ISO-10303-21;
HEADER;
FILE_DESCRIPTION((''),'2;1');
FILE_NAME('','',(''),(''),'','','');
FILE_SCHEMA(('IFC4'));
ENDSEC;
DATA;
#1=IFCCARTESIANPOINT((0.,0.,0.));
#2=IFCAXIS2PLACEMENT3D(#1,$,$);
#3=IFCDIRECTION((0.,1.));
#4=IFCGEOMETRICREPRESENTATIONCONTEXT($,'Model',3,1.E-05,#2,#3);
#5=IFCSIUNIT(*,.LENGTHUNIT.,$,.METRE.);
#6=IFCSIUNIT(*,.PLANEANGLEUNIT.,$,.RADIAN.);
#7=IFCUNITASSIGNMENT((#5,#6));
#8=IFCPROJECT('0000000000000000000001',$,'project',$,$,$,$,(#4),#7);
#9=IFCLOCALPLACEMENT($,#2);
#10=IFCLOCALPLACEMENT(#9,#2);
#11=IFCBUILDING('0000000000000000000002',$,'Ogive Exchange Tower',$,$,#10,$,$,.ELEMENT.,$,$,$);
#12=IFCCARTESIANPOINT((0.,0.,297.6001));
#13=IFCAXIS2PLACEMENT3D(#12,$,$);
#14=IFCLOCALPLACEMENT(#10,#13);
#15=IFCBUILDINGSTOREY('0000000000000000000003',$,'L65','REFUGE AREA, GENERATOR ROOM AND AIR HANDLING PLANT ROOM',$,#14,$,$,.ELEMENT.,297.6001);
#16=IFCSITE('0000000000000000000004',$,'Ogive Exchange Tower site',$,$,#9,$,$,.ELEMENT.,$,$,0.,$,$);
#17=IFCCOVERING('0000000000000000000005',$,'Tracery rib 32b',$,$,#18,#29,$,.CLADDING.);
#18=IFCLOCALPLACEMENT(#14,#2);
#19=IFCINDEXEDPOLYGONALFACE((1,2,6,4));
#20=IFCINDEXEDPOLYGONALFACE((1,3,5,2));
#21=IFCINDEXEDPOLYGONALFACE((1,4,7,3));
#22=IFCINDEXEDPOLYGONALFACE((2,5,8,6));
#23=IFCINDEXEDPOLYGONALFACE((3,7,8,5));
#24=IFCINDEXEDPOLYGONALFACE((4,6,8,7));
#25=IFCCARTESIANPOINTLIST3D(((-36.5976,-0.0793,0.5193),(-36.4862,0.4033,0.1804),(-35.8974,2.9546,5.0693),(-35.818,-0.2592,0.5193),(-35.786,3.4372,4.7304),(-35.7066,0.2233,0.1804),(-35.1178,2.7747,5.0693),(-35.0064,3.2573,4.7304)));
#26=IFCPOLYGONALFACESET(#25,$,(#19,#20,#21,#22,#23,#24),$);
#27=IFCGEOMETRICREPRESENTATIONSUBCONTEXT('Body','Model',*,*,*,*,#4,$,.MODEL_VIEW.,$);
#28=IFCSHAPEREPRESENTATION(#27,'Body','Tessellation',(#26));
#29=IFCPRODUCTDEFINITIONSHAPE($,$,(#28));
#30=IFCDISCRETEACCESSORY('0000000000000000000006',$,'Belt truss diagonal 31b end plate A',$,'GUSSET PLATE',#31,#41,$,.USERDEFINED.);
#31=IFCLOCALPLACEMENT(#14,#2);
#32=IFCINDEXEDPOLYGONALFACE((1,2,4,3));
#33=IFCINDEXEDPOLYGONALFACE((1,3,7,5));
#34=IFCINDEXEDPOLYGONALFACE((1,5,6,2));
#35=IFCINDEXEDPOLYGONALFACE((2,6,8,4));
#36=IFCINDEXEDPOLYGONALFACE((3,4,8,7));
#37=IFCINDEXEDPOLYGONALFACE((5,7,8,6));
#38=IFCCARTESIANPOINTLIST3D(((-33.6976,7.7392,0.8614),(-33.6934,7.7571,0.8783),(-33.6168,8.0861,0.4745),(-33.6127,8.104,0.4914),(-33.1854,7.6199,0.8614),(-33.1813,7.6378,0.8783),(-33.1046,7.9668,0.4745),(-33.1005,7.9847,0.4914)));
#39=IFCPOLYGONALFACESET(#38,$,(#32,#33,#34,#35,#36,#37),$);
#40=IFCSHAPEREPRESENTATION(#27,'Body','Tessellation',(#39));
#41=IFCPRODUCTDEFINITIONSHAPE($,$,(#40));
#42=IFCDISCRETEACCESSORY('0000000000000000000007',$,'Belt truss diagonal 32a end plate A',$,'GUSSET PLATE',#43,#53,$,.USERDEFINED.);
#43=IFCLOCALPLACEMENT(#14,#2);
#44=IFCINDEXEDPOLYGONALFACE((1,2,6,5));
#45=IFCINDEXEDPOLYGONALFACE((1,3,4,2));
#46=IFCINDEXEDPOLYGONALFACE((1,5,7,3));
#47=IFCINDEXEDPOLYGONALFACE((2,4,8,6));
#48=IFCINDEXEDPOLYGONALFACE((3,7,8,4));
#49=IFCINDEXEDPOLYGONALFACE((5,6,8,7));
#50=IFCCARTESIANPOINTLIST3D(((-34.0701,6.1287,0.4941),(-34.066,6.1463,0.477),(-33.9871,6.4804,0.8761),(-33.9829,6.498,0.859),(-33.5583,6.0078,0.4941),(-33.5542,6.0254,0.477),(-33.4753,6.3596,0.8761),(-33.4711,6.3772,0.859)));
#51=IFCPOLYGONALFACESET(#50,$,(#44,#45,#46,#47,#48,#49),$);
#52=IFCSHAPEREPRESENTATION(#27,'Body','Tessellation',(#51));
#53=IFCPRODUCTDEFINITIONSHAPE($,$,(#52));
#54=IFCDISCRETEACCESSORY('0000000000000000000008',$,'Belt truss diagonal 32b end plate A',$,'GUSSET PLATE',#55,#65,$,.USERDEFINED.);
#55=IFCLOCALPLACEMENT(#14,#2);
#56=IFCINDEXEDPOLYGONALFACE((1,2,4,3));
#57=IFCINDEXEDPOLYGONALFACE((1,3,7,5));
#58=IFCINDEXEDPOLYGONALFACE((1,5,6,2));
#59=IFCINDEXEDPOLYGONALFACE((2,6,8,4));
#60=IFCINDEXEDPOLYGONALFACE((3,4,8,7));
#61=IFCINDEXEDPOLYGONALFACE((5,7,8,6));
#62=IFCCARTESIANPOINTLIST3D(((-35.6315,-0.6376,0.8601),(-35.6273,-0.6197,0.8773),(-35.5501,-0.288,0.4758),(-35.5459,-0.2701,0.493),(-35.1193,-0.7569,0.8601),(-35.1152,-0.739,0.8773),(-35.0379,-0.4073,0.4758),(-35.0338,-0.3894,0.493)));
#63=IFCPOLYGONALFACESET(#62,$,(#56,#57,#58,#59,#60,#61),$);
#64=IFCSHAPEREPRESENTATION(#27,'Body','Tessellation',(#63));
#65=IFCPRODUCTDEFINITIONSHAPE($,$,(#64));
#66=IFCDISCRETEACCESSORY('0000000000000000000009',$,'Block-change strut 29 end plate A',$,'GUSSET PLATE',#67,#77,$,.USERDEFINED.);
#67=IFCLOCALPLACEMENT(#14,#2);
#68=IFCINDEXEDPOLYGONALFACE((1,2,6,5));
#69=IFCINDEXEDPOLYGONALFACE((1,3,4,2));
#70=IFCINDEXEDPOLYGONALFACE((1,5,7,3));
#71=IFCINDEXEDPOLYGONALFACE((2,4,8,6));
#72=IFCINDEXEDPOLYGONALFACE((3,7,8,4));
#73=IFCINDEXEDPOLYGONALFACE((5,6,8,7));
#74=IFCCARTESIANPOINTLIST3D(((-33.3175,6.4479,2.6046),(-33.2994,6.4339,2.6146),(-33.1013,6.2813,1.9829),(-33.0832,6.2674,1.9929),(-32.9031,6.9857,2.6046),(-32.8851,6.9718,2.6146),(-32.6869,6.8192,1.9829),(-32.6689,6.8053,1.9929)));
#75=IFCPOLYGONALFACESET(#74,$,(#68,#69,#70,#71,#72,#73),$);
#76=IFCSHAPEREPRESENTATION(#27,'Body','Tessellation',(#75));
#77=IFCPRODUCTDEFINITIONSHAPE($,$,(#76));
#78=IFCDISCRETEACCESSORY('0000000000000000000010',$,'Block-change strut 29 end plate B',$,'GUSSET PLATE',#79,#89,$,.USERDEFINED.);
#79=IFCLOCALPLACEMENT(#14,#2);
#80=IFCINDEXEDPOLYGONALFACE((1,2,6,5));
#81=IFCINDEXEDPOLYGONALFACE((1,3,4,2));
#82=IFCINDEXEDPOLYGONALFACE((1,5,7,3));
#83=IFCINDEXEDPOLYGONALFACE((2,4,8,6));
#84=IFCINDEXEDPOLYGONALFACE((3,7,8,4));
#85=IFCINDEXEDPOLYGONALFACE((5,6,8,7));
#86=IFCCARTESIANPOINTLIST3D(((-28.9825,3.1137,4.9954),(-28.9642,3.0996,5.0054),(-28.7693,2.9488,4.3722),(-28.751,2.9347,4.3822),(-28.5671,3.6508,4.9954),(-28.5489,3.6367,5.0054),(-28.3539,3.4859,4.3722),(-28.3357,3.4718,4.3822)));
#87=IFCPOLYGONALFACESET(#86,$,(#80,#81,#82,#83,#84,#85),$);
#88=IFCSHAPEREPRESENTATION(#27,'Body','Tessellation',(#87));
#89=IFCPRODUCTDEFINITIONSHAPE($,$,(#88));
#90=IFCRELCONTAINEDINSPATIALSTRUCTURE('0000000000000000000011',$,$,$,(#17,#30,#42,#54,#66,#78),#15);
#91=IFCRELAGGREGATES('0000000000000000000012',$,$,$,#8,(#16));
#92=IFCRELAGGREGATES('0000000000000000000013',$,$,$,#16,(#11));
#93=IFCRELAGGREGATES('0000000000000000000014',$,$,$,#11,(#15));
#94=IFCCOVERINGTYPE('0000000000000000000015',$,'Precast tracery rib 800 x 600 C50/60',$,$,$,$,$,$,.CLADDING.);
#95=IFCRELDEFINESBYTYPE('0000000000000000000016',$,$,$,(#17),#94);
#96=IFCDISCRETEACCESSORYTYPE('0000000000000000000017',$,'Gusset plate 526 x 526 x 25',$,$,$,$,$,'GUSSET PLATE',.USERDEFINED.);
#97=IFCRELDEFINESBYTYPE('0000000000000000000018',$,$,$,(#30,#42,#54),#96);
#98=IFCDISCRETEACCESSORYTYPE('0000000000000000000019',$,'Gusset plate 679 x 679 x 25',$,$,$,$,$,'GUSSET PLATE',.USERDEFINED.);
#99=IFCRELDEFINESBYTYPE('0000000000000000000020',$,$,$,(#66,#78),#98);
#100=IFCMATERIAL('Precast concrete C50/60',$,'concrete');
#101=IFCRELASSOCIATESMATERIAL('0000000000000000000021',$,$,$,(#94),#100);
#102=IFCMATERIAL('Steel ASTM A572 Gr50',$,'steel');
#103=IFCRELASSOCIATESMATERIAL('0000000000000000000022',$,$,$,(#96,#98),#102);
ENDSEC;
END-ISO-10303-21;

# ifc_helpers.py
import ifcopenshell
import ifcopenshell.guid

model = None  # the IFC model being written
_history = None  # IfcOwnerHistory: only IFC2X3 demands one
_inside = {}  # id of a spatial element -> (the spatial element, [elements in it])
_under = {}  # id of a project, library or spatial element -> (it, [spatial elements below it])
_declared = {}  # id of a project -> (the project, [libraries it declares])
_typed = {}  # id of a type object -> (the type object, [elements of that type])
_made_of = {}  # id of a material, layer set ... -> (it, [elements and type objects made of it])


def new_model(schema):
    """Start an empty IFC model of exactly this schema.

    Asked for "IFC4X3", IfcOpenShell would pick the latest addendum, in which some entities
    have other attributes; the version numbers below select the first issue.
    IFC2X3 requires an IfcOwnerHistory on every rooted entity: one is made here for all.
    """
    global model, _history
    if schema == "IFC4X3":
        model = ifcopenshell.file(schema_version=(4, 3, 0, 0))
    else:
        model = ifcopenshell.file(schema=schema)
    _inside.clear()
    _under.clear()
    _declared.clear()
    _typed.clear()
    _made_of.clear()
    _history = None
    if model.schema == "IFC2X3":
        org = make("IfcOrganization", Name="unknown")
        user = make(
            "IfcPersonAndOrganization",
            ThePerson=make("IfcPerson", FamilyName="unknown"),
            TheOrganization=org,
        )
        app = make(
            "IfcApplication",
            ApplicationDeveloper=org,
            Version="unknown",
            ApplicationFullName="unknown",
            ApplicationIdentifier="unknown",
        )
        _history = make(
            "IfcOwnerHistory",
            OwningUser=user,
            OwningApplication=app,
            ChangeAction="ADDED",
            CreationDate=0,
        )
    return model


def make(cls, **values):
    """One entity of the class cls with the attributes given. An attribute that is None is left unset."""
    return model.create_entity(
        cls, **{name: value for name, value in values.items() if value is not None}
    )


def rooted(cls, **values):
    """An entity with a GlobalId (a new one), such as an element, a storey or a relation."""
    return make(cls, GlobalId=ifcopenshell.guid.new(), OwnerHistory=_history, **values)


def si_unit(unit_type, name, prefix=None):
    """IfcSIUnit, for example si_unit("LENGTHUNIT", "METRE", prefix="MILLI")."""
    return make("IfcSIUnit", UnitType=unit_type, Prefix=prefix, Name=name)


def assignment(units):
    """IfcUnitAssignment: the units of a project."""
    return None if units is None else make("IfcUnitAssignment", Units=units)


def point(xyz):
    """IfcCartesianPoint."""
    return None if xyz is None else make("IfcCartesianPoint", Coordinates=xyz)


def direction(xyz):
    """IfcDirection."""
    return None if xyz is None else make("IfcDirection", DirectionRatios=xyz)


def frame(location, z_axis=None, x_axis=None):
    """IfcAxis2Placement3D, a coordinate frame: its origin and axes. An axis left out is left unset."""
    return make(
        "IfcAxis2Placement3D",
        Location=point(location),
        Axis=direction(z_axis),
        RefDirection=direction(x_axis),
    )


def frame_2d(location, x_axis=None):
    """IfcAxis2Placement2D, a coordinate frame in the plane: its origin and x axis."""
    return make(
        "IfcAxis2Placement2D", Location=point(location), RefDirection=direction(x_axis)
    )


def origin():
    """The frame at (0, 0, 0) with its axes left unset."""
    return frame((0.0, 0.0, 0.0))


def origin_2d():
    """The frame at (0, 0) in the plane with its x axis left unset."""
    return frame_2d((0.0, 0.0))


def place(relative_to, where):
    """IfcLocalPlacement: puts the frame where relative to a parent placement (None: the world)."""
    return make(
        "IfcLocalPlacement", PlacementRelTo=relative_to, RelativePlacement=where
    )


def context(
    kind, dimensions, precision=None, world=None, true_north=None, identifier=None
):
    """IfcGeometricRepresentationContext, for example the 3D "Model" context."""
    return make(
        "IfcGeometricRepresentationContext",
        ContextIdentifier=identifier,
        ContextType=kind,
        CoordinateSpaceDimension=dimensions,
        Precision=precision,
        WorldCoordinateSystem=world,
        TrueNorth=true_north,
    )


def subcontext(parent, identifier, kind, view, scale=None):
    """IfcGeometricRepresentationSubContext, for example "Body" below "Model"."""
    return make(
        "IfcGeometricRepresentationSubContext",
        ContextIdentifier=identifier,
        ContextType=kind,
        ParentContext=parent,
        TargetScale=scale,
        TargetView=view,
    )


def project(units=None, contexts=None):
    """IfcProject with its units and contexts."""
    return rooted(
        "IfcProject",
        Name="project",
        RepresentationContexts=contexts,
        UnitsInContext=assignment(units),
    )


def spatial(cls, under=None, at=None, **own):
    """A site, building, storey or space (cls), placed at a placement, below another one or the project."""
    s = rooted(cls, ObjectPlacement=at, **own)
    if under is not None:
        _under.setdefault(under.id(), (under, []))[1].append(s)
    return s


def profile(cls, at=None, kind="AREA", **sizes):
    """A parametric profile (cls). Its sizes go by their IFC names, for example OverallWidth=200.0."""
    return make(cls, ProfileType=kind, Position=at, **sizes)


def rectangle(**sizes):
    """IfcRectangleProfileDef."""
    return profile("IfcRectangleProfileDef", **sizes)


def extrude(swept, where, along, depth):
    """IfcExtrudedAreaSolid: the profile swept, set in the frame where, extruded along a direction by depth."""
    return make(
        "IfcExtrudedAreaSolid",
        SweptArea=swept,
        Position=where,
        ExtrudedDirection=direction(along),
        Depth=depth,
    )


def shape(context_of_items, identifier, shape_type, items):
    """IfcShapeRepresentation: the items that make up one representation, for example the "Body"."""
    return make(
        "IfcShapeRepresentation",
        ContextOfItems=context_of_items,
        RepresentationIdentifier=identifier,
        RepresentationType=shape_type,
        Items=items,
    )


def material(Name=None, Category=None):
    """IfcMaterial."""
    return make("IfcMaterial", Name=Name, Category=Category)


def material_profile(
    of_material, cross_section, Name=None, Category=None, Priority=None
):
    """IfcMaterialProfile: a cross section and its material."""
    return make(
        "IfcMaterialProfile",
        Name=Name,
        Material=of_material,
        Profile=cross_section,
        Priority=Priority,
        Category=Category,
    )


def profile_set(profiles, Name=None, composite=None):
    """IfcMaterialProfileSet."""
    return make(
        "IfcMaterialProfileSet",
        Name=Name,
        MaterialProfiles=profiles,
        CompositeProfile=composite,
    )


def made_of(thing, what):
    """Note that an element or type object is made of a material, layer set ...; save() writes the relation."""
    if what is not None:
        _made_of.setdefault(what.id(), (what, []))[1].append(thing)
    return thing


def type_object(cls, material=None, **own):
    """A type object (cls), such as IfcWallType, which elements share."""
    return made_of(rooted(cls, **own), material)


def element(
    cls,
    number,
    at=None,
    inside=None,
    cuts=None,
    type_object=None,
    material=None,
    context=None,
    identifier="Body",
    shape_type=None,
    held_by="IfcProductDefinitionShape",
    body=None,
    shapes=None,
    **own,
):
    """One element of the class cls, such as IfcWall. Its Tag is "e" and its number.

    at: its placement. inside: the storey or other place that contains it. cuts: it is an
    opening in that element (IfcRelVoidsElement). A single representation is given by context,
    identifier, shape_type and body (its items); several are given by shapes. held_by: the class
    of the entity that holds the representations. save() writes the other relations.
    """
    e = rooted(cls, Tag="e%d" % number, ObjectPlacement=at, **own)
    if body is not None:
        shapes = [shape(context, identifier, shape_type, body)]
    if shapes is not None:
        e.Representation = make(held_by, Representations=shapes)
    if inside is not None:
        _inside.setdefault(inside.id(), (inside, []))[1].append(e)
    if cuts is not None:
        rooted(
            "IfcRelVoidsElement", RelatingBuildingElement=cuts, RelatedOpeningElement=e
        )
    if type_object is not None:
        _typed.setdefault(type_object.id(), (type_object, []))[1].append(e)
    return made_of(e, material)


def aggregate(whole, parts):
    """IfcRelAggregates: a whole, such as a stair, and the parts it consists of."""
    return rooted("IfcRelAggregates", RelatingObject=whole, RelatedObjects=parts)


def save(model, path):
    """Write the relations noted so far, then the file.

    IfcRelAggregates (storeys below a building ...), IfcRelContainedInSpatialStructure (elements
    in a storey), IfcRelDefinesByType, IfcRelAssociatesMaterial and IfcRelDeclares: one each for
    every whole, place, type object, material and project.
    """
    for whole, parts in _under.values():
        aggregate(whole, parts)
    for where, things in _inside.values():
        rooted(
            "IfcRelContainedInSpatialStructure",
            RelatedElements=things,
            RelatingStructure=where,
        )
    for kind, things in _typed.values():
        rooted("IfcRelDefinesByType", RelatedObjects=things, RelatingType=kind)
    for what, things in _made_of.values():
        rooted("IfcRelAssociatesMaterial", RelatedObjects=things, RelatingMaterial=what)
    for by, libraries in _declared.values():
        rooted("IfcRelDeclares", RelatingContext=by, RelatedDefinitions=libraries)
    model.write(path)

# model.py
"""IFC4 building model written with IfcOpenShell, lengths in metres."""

from ifc_helpers import new_model, si_unit, direction, frame, origin, origin_2d, place, context, subcontext, project, spatial, rectangle, extrude, material, material_profile, profile_set, type_object, element, save


model = new_model("IFC4")

# Units and contexts
model_context = context("Model", 3, precision=1e-05, world=origin(), true_north=direction((0.0, 1.0)))
body_context = subcontext(model_context, "Body", "Model", "MODEL_VIEW")
ifc_project = project(units=[si_unit("LENGTHUNIT", "METRE"), si_unit("PLANEANGLEUNIT", "RADIAN")], contexts=[model_context])

# Site, building, storey
site_placement = place(None, origin())
site = spatial("IfcSite", under=ifc_project, at=site_placement, Name="Ogive Exchange Tower site", CompositionType="ELEMENT", RefElevation=0.0)
building_placement = place(site_placement, origin())
building = spatial("IfcBuilding", under=site, at=building_placement, Name="Ogive Exchange Tower", CompositionType="ELEMENT")
storey_placement = place(building_placement, frame((0.0, 0.0, 297.6001)))
storey = spatial("IfcBuildingStorey", under=building, at=storey_placement, Name="L65", Description="REFUGE AREA, GENERATOR ROOM AND AIR HANDLING PLANT ROOM", CompositionType="ELEMENT", Elevation=297.6001)

# Covering
ifc_material_1 = material(Name="Precast concrete C50/60", Category="concrete")
ifc_material_profile_1 = material_profile(ifc_material_1, rectangle(XDim=0.8, YDim=0.6001, at=origin_2d()), Name="RIB 800 x 600")
ifc_profile_set_1 = profile_set([ifc_material_profile_1], Name="Precast concrete C50/60")
covering_type = type_object("IfcCoveringType", Name="Precast tracery rib 800 x 600 C50/60", PredefinedType="CLADDING", material=ifc_profile_set_1)
covering_1_placement = place(storey_placement, frame((-36.1521, 0.072, 0.3499), z_axis=(0.126998, 0.55028, 0.825265), x_axis=(-0.974387, 0.224877, 0.0)))
element("IfcCovering", 1, at=covering_1_placement, inside=storey, type_object=covering_type, Name="Tracery rib 32b", PredefinedType="CLADDING", context=body_context, shape_type="SweptSolid", body=[
    extrude(rectangle(XDim=0.8, YDim=0.6001, at=origin_2d()), origin(), (0.0, 0.0, 1.0), 5.5134),
])

# Discrete accessories
ifc_material_2 = material(Name="Steel ASTM A572 Gr50", Category="steel")
ifc_material_profile_2 = material_profile(ifc_material_2, rectangle(XDim=0.5259, YDim=0.5259, at=origin_2d()), Name="PL 526 x 526 x 25")
ifc_profile_set_2 = profile_set([ifc_material_profile_2], Name="Steel ASTM A572 Gr50")
discrete_accessory_type_1 = type_object("IfcDiscreteAccessoryType", Name="Gusset plate 526 x 526 x 25", ElementType="GUSSET PLATE", PredefinedType="USERDEFINED", material=ifc_profile_set_2)
for number, where, z_axis, x_axis, name in (
    (2, (-33.4011, 7.853, 0.668), (0.166867, 0.716548, 0.677285), (-0.97394, 0.226808, 0.0), "Belt truss diagonal 31b end plate A"),
    (3, (-33.7686, 6.2617, 0.668), (-0.166916, -0.706936, 0.687299), (0.97324, -0.229793, 0.0), "Belt truss diagonal 32a end plate A"),
):
    element("IfcDiscreteAccessory", number, at=place(storey_placement, frame(where, z_axis=z_axis, x_axis=x_axis)), inside=storey, type_object=discrete_accessory_type_1, Name=name, ObjectType="GUSSET PLATE", PredefinedType="USERDEFINED", context=body_context, shape_type="SweptSolid", body=[
        extrude(rectangle(XDim=0.5259, YDim=0.5259, at=origin_2d()), origin(), (0.0, 0.0, 1.0), 0.0249),
    ])
discrete_accessory_1_placement = place(storey_placement, frame((-35.3347, -0.5225, 0.668), z_axis=(0.165761, 0.711797, 0.682545), x_axis=(-0.97394, 0.226808, 0.0)))
element("IfcDiscreteAccessory", 4, at=discrete_accessory_1_placement, inside=storey, type_object=discrete_accessory_type_1, Name="Belt truss diagonal 32b end plate A", ObjectType="GUSSET PLATE", PredefinedType="USERDEFINED", context=body_context, shape_type="SweptSolid", body=[
    extrude(rectangle(XDim=0.5259, YDim=0.5259, at=origin_2d()), origin(), (0.0, 0.0, 1.0), 0.0251),
])
ifc_material_profile_3 = material_profile(ifc_material_2, rectangle(XDim=0.679, YDim=0.679, at=origin_2d()), Name="PL 679 x 679 x 25")
ifc_profile_set_3 = profile_set([ifc_material_profile_3], Name="Steel ASTM A572 Gr50")
discrete_accessory_type_2 = type_object("IfcDiscreteAccessoryType", Name="Gusset plate 679 x 679 x 25", ElementType="GUSSET PLATE", PredefinedType="USERDEFINED", material=ifc_profile_set_3)
discrete_accessory_2_placement = place(storey_placement, frame((-33.0022, 6.6335, 2.2937), z_axis=(0.72542, -0.55877, 0.401922), x_axis=(0.610228, 0.792226, 0.0)))
element("IfcDiscreteAccessory", 5, at=discrete_accessory_2_placement, inside=storey, type_object=discrete_accessory_type_2, Name="Block-change strut 29 end plate A", ObjectType="GUSSET PLATE", PredefinedType="USERDEFINED", context=body_context, shape_type="SweptSolid", body=[
    extrude(rectangle(XDim=0.679, YDim=0.679, at=origin_2d()), origin(), (0.0, 0.0, 1.0), 0.0249),
])
discrete_accessory_3_placement = place(storey_placement, frame((-28.6682, 3.2998, 4.6838), z_axis=(0.726071, -0.561495, 0.396919), x_axis=(0.611748, 0.791053, 0.0)))
element("IfcDiscreteAccessory", 6, at=discrete_accessory_3_placement, inside=storey, type_object=discrete_accessory_type_2, Name="Block-change strut 29 end plate B", ObjectType="GUSSET PLATE", PredefinedType="USERDEFINED", context=body_context, shape_type="SweptSolid", body=[
    extrude(rectangle(XDim=0.679, YDim=0.679, at=origin_2d()), origin(), (0.0, 0.0, 1.0), 0.0251),
])

save(model, "model.ifc")
